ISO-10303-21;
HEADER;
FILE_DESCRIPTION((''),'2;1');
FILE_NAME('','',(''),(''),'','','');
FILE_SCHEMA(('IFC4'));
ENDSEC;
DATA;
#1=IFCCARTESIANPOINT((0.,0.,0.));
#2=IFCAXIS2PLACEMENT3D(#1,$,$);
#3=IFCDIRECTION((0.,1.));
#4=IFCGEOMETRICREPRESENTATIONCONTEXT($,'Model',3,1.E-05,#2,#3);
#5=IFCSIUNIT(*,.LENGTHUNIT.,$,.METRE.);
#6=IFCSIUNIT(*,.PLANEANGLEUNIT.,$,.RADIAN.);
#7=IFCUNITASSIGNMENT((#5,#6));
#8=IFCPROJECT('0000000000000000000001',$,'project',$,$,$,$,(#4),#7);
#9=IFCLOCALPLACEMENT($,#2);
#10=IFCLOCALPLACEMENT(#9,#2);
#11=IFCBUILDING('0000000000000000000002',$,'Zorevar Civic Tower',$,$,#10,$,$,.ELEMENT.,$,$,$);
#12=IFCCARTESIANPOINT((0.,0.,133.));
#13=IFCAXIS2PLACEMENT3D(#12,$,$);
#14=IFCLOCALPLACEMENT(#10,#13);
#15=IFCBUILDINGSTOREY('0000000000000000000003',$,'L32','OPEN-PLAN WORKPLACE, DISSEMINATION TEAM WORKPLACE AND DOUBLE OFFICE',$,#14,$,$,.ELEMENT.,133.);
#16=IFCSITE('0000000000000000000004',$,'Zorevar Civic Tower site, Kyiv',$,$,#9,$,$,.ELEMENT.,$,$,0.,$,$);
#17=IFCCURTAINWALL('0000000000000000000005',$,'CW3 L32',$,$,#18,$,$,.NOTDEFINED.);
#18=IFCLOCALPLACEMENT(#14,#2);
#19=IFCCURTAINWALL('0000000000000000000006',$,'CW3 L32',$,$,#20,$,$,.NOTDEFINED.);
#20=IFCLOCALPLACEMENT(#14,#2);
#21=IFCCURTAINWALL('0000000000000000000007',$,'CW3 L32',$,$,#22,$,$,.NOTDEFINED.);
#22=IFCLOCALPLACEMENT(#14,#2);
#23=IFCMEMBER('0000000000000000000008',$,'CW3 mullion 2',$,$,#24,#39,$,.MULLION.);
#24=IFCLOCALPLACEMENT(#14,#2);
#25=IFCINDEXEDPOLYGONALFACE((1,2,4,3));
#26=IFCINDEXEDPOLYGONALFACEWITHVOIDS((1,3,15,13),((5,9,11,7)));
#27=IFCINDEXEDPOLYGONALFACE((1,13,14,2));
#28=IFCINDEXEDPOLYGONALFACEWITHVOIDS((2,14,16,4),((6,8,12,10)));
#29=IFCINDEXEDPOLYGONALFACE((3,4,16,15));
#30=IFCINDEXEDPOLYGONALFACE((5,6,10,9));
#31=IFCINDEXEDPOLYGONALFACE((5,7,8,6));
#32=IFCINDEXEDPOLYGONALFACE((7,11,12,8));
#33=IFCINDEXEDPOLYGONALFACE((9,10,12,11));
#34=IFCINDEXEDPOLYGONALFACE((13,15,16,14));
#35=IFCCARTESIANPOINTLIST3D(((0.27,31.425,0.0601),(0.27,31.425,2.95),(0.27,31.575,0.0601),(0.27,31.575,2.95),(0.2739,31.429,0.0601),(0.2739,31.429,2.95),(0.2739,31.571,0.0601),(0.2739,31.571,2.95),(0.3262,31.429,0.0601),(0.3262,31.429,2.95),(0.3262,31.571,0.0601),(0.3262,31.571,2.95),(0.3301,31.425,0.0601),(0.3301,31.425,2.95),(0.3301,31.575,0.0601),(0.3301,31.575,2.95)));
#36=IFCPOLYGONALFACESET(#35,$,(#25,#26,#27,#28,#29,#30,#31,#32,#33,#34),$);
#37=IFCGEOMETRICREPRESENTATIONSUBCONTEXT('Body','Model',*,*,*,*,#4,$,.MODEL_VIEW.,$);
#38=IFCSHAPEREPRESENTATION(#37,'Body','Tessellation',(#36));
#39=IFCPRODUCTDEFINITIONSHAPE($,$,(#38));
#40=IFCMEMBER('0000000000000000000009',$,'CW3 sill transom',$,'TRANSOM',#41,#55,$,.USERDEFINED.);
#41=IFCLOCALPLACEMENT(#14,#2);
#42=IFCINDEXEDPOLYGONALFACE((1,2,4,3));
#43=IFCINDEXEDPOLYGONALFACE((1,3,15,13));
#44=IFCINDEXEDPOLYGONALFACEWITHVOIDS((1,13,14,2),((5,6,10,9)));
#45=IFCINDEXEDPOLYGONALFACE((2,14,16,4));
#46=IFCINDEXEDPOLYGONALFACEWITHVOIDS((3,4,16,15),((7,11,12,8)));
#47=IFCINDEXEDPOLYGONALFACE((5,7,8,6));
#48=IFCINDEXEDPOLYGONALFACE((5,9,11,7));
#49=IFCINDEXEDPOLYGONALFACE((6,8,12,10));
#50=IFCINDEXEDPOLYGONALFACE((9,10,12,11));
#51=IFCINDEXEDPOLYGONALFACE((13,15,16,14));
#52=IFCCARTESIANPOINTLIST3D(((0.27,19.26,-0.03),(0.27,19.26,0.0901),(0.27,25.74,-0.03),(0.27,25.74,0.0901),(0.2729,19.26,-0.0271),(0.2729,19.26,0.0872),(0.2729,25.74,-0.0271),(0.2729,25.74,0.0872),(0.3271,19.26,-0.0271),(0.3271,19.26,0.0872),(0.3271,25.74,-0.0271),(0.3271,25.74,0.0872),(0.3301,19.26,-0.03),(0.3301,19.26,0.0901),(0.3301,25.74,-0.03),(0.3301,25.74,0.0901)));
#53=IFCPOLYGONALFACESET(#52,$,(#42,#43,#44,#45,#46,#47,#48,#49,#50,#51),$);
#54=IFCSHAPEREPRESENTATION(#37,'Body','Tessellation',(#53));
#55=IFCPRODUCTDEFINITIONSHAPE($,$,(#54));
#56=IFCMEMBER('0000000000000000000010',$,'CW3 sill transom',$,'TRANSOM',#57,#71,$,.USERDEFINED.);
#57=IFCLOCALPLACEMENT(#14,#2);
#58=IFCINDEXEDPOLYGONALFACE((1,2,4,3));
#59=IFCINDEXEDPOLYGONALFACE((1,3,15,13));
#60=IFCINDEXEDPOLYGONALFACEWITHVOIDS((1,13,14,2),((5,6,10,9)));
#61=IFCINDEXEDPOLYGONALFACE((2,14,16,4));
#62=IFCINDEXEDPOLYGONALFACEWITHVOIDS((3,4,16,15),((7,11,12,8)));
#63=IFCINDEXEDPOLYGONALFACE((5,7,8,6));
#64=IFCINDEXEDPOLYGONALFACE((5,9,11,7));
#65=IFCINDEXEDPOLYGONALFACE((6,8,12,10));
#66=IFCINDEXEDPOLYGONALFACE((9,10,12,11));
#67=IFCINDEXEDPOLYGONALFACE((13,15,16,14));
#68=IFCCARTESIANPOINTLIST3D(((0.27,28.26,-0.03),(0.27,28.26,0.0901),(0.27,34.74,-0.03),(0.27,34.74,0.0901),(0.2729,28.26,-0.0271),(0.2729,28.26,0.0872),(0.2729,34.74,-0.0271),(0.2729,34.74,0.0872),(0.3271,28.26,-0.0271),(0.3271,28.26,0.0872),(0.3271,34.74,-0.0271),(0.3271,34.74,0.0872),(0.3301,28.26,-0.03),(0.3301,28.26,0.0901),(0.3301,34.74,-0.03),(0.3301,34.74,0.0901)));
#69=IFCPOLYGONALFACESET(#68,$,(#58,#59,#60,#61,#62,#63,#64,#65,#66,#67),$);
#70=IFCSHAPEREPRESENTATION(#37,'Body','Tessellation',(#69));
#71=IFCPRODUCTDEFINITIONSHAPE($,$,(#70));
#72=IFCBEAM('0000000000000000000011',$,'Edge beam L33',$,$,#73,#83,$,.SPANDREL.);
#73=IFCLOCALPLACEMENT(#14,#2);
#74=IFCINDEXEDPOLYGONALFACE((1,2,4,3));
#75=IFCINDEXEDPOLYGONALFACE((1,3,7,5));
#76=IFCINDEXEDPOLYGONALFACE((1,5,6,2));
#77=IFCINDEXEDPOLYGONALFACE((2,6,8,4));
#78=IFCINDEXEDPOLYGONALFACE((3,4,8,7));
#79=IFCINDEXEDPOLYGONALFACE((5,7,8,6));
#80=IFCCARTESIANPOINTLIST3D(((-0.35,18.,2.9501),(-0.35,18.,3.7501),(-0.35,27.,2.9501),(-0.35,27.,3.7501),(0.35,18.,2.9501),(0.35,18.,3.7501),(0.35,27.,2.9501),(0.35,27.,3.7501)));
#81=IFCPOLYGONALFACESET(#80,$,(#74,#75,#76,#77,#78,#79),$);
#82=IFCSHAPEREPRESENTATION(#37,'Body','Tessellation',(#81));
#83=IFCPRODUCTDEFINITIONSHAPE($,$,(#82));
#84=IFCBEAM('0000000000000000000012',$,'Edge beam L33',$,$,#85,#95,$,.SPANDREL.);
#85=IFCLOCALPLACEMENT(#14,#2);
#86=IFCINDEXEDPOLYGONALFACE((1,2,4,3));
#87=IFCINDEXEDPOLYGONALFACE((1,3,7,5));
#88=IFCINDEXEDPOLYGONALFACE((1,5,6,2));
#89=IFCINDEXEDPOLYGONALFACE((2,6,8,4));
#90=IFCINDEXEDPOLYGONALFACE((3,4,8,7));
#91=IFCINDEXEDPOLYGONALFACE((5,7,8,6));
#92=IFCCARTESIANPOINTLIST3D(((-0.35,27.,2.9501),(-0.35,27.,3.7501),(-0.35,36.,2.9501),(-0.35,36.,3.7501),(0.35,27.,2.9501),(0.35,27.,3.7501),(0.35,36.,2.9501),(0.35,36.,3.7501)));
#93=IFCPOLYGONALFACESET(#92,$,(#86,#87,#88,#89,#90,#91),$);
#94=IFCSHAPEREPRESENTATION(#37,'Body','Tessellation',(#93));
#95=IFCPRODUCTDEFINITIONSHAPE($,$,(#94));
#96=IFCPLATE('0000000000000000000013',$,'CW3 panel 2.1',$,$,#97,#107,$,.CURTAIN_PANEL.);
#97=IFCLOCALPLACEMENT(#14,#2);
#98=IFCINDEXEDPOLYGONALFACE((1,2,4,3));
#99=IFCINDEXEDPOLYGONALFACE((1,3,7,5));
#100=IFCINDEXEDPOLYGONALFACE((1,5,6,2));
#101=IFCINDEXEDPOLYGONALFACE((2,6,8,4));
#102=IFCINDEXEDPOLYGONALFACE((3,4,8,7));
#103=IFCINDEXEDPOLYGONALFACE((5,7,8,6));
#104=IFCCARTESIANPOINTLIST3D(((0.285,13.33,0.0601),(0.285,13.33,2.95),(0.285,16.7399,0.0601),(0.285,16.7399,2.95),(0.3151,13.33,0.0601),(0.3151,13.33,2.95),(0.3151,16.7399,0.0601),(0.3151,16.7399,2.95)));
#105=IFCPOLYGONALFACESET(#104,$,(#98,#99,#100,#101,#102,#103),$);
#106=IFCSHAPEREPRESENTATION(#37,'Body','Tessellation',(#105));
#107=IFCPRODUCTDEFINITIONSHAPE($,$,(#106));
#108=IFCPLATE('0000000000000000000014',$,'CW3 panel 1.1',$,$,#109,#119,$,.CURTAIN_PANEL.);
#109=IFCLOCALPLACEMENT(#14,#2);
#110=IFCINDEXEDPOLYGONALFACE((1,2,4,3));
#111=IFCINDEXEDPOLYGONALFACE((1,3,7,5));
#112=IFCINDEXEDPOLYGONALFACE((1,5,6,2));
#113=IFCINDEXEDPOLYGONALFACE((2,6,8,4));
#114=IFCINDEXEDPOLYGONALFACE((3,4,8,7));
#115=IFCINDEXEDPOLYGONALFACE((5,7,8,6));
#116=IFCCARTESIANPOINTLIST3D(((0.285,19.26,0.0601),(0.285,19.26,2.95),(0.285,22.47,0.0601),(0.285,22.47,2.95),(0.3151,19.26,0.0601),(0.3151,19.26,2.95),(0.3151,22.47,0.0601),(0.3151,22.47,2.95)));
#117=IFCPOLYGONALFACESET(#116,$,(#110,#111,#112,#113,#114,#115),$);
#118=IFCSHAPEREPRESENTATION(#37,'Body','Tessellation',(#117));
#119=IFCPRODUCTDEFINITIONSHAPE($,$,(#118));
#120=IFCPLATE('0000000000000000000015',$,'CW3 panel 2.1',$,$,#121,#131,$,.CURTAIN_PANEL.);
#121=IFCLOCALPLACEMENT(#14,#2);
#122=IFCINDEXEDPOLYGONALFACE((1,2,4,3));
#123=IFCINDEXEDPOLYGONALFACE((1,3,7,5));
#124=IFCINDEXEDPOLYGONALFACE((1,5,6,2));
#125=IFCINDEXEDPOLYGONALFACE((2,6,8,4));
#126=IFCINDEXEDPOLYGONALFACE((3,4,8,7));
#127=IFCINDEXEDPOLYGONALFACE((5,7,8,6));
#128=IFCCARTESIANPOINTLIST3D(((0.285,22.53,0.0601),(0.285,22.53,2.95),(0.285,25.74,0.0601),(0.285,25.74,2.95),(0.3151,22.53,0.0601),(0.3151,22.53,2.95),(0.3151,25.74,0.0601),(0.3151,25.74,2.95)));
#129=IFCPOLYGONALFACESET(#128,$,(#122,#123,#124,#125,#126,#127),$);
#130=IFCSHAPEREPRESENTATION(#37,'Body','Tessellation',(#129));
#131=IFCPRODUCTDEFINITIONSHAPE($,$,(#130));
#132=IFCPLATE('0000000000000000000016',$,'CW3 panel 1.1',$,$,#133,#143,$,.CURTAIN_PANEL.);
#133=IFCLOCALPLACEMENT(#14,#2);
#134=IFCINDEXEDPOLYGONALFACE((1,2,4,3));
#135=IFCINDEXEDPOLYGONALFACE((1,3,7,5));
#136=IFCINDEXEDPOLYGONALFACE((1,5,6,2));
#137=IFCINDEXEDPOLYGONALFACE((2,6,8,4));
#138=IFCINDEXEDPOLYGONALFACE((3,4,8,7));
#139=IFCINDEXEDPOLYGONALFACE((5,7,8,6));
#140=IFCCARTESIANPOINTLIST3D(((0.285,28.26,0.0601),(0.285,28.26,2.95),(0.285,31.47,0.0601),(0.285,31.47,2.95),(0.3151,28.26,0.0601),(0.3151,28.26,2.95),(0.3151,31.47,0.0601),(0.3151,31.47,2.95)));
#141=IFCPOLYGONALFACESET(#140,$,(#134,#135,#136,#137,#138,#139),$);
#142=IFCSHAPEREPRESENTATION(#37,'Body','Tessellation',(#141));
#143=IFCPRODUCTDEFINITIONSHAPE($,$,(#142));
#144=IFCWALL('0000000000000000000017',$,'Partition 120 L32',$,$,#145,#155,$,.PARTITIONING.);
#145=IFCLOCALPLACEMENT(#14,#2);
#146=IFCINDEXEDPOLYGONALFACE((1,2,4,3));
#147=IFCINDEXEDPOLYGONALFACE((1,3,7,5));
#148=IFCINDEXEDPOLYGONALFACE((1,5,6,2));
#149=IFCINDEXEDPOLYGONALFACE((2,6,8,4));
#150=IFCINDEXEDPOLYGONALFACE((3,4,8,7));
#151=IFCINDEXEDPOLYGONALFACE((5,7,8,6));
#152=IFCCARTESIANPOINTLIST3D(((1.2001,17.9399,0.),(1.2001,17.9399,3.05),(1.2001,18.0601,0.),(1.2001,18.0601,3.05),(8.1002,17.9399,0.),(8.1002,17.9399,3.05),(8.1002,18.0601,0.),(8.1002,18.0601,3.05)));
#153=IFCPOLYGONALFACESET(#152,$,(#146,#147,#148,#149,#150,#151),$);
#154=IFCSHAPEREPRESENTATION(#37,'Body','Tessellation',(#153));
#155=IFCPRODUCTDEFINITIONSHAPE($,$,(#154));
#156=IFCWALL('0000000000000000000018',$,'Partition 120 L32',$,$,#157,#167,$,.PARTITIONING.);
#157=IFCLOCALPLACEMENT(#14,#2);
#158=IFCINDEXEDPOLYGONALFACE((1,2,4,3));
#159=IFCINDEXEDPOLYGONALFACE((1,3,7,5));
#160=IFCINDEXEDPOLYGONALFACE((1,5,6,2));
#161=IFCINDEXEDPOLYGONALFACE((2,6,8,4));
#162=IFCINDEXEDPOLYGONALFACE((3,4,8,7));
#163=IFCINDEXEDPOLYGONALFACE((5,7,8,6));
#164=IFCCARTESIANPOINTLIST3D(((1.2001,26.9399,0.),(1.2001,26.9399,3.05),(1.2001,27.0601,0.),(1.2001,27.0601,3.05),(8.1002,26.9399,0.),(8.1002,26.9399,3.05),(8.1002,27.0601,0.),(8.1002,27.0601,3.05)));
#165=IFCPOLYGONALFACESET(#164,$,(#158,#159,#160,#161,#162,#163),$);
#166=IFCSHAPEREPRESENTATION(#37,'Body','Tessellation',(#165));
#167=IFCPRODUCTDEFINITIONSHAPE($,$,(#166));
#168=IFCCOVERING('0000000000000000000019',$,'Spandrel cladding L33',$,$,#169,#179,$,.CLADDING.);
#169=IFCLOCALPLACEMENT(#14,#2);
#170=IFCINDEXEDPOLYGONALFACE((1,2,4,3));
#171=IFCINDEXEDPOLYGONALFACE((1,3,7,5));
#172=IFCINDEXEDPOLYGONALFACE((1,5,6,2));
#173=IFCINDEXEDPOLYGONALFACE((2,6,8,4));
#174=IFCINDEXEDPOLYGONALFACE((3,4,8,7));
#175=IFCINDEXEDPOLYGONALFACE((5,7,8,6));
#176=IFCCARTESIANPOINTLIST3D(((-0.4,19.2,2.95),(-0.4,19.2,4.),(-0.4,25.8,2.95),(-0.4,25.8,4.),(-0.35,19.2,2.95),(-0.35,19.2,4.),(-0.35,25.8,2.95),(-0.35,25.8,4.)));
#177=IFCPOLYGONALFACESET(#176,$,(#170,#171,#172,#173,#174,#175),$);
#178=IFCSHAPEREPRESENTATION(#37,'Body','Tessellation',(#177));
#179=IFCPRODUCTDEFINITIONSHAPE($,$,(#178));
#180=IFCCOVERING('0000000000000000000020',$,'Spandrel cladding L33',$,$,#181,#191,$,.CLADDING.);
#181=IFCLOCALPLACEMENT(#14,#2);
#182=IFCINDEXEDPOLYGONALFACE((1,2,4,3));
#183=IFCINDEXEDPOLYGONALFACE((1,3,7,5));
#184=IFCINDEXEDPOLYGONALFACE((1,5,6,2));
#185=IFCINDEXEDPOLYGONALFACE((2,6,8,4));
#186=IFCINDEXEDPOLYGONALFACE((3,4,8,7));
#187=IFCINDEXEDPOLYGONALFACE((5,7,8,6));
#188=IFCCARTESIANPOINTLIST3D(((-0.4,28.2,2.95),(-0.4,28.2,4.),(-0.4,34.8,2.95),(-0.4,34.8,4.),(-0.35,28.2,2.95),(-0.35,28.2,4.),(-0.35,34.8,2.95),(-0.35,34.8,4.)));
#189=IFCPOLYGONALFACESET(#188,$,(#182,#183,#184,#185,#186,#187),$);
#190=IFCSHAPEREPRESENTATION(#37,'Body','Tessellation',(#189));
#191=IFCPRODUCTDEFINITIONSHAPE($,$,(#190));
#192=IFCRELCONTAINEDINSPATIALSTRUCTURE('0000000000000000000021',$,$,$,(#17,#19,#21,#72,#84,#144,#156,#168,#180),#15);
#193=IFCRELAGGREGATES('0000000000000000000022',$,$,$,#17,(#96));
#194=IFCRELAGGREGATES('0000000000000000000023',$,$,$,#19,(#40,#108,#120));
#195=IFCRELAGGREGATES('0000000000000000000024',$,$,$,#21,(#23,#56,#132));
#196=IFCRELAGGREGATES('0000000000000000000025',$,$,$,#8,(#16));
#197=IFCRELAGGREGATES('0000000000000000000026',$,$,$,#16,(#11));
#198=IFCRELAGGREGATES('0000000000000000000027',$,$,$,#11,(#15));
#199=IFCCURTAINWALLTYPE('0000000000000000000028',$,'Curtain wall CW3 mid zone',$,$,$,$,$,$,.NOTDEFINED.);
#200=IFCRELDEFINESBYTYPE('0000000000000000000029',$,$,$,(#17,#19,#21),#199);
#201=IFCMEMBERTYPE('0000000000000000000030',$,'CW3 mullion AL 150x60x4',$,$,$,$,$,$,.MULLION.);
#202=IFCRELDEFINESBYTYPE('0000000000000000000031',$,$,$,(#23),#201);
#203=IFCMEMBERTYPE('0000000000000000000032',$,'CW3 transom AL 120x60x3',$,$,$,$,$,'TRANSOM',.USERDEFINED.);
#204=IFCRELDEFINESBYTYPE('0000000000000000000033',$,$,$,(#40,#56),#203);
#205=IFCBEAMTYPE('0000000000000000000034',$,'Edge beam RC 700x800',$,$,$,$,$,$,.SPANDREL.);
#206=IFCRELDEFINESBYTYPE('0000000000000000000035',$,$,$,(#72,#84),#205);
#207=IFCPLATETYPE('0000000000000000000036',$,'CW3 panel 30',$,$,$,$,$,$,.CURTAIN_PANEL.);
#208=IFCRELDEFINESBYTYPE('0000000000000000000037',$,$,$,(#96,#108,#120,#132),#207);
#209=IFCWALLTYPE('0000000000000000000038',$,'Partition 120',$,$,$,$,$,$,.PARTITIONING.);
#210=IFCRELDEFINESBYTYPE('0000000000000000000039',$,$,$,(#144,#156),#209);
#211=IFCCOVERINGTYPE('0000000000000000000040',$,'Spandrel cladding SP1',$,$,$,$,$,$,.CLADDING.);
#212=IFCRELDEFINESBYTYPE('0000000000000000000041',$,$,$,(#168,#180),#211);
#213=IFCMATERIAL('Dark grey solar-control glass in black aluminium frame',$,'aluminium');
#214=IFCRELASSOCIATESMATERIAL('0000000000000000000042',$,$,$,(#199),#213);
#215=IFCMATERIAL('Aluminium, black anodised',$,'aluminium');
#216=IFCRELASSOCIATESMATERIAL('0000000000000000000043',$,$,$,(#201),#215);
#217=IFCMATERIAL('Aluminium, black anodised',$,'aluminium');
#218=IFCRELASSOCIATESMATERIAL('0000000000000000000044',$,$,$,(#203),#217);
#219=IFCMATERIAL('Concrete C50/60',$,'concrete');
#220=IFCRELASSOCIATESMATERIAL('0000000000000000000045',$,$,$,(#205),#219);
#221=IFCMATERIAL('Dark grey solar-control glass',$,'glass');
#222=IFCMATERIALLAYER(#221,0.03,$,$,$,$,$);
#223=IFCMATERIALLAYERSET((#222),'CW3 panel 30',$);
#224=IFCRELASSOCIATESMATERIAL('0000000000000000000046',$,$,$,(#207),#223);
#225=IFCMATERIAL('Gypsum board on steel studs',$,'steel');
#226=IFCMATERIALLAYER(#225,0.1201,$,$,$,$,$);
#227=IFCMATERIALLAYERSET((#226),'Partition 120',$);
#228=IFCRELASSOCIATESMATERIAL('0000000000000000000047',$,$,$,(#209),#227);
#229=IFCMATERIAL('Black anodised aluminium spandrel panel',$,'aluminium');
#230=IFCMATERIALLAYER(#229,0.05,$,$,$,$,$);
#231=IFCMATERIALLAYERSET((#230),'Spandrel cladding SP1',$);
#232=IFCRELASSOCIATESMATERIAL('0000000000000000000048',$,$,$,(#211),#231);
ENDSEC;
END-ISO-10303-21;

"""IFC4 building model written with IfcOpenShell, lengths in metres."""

from ifc_helpers import new_model, si_unit, direction, frame, frame_2d, origin, origin_2d, place, context, subcontext, project, spatial, rectangle, hollow_rectangle, extrude, material, layer, layer_set, material_profile, profile_set, type_object, element, aggregate, save


model = new_model("IFC4")

# Units and contexts
model_context = context("Model", 3, precision=1e-05, world=origin(), true_north=direction((0.0, 1.0)))
body_context = subcontext(model_context, "Body", "Model", "MODEL_VIEW")
ifc_project = project(units=[si_unit("LENGTHUNIT", "METRE"), si_unit("PLANEANGLEUNIT", "RADIAN")], contexts=[model_context])

# Site, building, storey
site_placement = place(None, origin())
site = spatial("IfcSite", under=ifc_project, at=site_placement, Name="Zorevar Civic Tower site, Kyiv", CompositionType="ELEMENT", RefElevation=0.0)
building_placement = place(site_placement, origin())
building = spatial("IfcBuilding", under=site, at=building_placement, Name="Zorevar Civic Tower", CompositionType="ELEMENT")
storey_placement = place(building_placement, frame((0.0, 0.0, 133.0)))
storey = spatial("IfcBuildingStorey", under=building, at=storey_placement, Name="L32", Description="OPEN-PLAN WORKPLACE, DISSEMINATION TEAM WORKPLACE AND DOUBLE OFFICE", CompositionType="ELEMENT", Elevation=133.0)

# Curtain wall
ifc_material_1 = material(Name="Dark grey solar-control glass in black aluminium frame", Category="aluminium")
curtain_wall_type = type_object("IfcCurtainWallType", Name="Curtain wall CW3 mid zone", PredefinedType="NOTDEFINED", material=ifc_material_1)
curtain_wall_1_placement = place(storey_placement, origin())
curtain_wall_1 = element("IfcCurtainWall", 1, at=curtain_wall_1_placement, inside=storey, type_object=curtain_wall_type, Name="CW3 L32", PredefinedType="NOTDEFINED")
ifc_material_2 = material(Name="Aluminium, black anodised", Category="aluminium")
ifc_material_profile_1 = material_profile(ifc_material_2, hollow_rectangle(XDim=0.0601, YDim=0.1499, WallThickness=0.0039, at=origin_2d()), Name="AL 150x60x4")
ifc_profile_set_1 = profile_set([ifc_material_profile_1], Name="Aluminium, black anodised")
member_type_1 = type_object("IfcMemberType", Name="CW3 mullion AL 150x60x4", PredefinedType="MULLION", material=ifc_profile_set_1)

# Curtain walls, member
curtain_wall_2_placement = place(storey_placement, origin())
curtain_wall_2 = element("IfcCurtainWall", 2, at=curtain_wall_2_placement, inside=storey, type_object=curtain_wall_type, Name="CW3 L32", PredefinedType="NOTDEFINED")
curtain_wall_3_placement = place(storey_placement, origin())
curtain_wall_3 = element("IfcCurtainWall", 3, at=curtain_wall_3_placement, inside=storey, type_object=curtain_wall_type, Name="CW3 L32", PredefinedType="NOTDEFINED")
member_1_placement = place(storey_placement, frame((0.3, 31.5, 0.0601), z_axis=(0.0, 0.0, 1.0), x_axis=(-1.0, 0.0, 0.0)))
member_1 = element("IfcMember", 4, at=member_1_placement, type_object=member_type_1, Name="CW3 mullion 2", PredefinedType="MULLION", context=body_context, shape_type="SweptSolid", body=[
    extrude(hollow_rectangle(XDim=0.0601, YDim=0.1499, WallThickness=0.0039, at=origin_2d()), origin(), (0.0, 0.0, 1.0), 2.8899),
])

# Members
ifc_material_3 = material(Name="Aluminium, black anodised", Category="aluminium")
ifc_material_profile_2 = material_profile(ifc_material_3, hollow_rectangle(XDim=0.0601, YDim=0.1201, WallThickness=0.0029, at=origin_2d()), Name="AL 120x60x3")
ifc_profile_set_2 = profile_set([ifc_material_profile_2], Name="Aluminium, black anodised")
member_type_2 = type_object("IfcMemberType", Name="CW3 transom AL 120x60x3", ElementType="TRANSOM", PredefinedType="USERDEFINED", material=ifc_profile_set_2)
member_2_placement = place(storey_placement, frame((0.3, 19.26, 0.03), z_axis=(0.0, 1.0, 0.0), x_axis=(-1.0, 0.0, 0.0)))
member_2 = element("IfcMember", 5, at=member_2_placement, type_object=member_type_2, Name="CW3 sill transom", ObjectType="TRANSOM", PredefinedType="USERDEFINED", context=body_context, shape_type="SweptSolid", body=[
    extrude(hollow_rectangle(XDim=0.0601, YDim=0.1201, WallThickness=0.0029, at=origin_2d()), origin(), (0.0, 0.0, 1.0), 6.48),
])
member_3_placement = place(storey_placement, frame((0.3, 28.26, 0.03), z_axis=(0.0, 1.0, 0.0), x_axis=(-1.0, 0.0, 0.0)))
member_3 = element("IfcMember", 6, at=member_3_placement, type_object=member_type_2, Name="CW3 sill transom", ObjectType="TRANSOM", PredefinedType="USERDEFINED", context=body_context, shape_type="SweptSolid", body=[
    extrude(hollow_rectangle(XDim=0.0601, YDim=0.1201, WallThickness=0.0029, at=origin_2d()), origin(), (0.0, 0.0, 1.0), 6.48),
])

# Beams
ifc_material_4 = material(Name="Concrete C50/60", Category="concrete")
ifc_material_profile_3 = material_profile(ifc_material_4, rectangle(XDim=0.7, YDim=0.8, at=origin_2d()), Name="RC 700x800")
ifc_profile_set_3 = profile_set([ifc_material_profile_3], Name="Concrete C50/60")
beam_type_1 = type_object("IfcBeamType", Name="Edge beam RC 700x800", PredefinedType="SPANDREL", material=ifc_profile_set_3)
for number, where, z_axis, x_axis, name in (
    (7, (0.0, 18.0, 3.3501), (0.0, 1.0, 0.0), (-1.0, 0.0, 0.0), "Edge beam L33"),
    (8, (0.0, 27.0, 3.3501), (0.0, 1.0, 0.0), (-1.0, 0.0, 0.0), "Edge beam L33"),
):
    element("IfcBeam", number, at=place(storey_placement, frame(where, z_axis=z_axis, x_axis=x_axis)), inside=storey, type_object=beam_type_1, Name=name, PredefinedType="SPANDREL", context=body_context, shape_type="SweptSolid", body=[
        extrude(rectangle(XDim=0.7, YDim=0.8, at=origin_2d()), origin(), (0.0, 0.0, 1.0), 9.0),
    ])

# Plates
ifc_material_5 = material(Name="Dark grey solar-control glass", Category="glass")
ifc_layer_1 = layer(ifc_material_5, 0.03)
ifc_layer_set_1 = layer_set([ifc_layer_1], Name="CW3 panel 30")
plate_type = type_object("IfcPlateType", Name="CW3 panel 30", PredefinedType="CURTAIN_PANEL", material=ifc_layer_set_1)
plate_1_placement = place(storey_placement, frame((0.3, 15.0349, 0.0601), z_axis=(0.0, 0.0, 1.0), x_axis=(0.0, 1.0, 0.0)))
plate_1 = element("IfcPlate", 9, at=plate_1_placement, type_object=plate_type, Name="CW3 panel 2.1", PredefinedType="CURTAIN_PANEL", context=body_context, shape_type="SweptSolid", body=[
    extrude(rectangle(XDim=3.4099, YDim=0.03, at=origin_2d()), origin(), (0.0, 0.0, 1.0), 2.8899),
])
aggregate(curtain_wall_1, [plate_1])
plate_2_placement = place(storey_placement, frame((0.3, 20.865, 0.0601), z_axis=(0.0, 0.0, 1.0), x_axis=(0.0, 1.0, 0.0)))
plate_2 = element("IfcPlate", 10, at=plate_2_placement, type_object=plate_type, Name="CW3 panel 1.1", PredefinedType="CURTAIN_PANEL", context=body_context, shape_type="SweptSolid", body=[
    extrude(rectangle(XDim=3.21, YDim=0.03, at=origin_2d()), origin(), (0.0, 0.0, 1.0), 2.8899),
])
plate_3_placement = place(storey_placement, frame((0.3, 24.135, 0.0601), z_axis=(0.0, 0.0, 1.0), x_axis=(0.0, 1.0, 0.0)))
plate_3 = element("IfcPlate", 11, at=plate_3_placement, type_object=plate_type, Name="CW3 panel 2.1", PredefinedType="CURTAIN_PANEL", context=body_context, shape_type="SweptSolid", body=[
    extrude(rectangle(XDim=3.21, YDim=0.03, at=origin_2d()), origin(), (0.0, 0.0, 1.0), 2.8899),
])
aggregate(curtain_wall_2, [member_2, plate_2, plate_3])
plate_4_placement = place(storey_placement, frame((0.3, 29.865, 0.0601), z_axis=(0.0, 0.0, 1.0), x_axis=(0.0, 1.0, 0.0)))
plate_4 = element("IfcPlate", 12, at=plate_4_placement, type_object=plate_type, Name="CW3 panel 1.1", PredefinedType="CURTAIN_PANEL", context=body_context, shape_type="SweptSolid", body=[
    extrude(rectangle(XDim=3.21, YDim=0.03, at=origin_2d()), origin(), (0.0, 0.0, 1.0), 2.8899),
])
aggregate(curtain_wall_3, [member_1, member_3, plate_4])

# Walls
ifc_material_6 = material(Name="Gypsum board on steel studs", Category="steel")
ifc_layer_2 = layer(ifc_material_6, 0.1201)
ifc_layer_set_2 = layer_set([ifc_layer_2], Name="Partition 120")
wall_type = type_object("IfcWallType", Name="Partition 120", PredefinedType="PARTITIONING", material=ifc_layer_set_2)
for number, where, z_axis, x_axis, name in (
    (13, (1.2, 18.0, 0.0), (0.0, 0.0, 1.0), (1.0, 0.0, 0.0), "Partition 120 L32"),
    (14, (1.2, 27.0, 0.0), (0.0, 0.0, 1.0), (1.0, 0.0, 0.0), "Partition 120 L32"),
):
    element("IfcWall", number, at=place(storey_placement, frame(where, z_axis=z_axis, x_axis=x_axis)), inside=storey, type_object=wall_type, Name=name, PredefinedType="PARTITIONING", context=body_context, shape_type="SweptSolid", body=[
        extrude(rectangle(XDim=6.9001, YDim=0.1201, at=frame_2d((3.4502, 0.0))), origin(), (0.0, 0.0, 1.0), 3.05),
    ])

# Coverings
ifc_material_7 = material(Name="Black anodised aluminium spandrel panel", Category="aluminium")
ifc_layer_3 = layer(ifc_material_7, 0.05)
ifc_layer_set_3 = layer_set([ifc_layer_3], Name="Spandrel cladding SP1")
covering_type = type_object("IfcCoveringType", Name="Spandrel cladding SP1", PredefinedType="CLADDING", material=ifc_layer_set_3)
for number, where, z_axis, x_axis, name in (
    (15, (-0.375, 19.2, 2.95), (0.0, 0.0, 1.0), (0.0, 1.0, 0.0), "Spandrel cladding L33"),
    (16, (-0.375, 28.2, 2.95), (0.0, 0.0, 1.0), (0.0, 1.0, 0.0), "Spandrel cladding L33"),
):
    element("IfcCovering", number, at=place(storey_placement, frame(where, z_axis=z_axis, x_axis=x_axis)), inside=storey, type_object=covering_type, Name=name, PredefinedType="CLADDING", context=body_context, shape_type="SweptSolid", body=[
        extrude(rectangle(XDim=6.6001, YDim=0.05, at=frame_2d((3.3, 0.0))), origin(), (0.0, 0.0, 1.0), 1.05),
    ])

save(model, "model.ifc")
